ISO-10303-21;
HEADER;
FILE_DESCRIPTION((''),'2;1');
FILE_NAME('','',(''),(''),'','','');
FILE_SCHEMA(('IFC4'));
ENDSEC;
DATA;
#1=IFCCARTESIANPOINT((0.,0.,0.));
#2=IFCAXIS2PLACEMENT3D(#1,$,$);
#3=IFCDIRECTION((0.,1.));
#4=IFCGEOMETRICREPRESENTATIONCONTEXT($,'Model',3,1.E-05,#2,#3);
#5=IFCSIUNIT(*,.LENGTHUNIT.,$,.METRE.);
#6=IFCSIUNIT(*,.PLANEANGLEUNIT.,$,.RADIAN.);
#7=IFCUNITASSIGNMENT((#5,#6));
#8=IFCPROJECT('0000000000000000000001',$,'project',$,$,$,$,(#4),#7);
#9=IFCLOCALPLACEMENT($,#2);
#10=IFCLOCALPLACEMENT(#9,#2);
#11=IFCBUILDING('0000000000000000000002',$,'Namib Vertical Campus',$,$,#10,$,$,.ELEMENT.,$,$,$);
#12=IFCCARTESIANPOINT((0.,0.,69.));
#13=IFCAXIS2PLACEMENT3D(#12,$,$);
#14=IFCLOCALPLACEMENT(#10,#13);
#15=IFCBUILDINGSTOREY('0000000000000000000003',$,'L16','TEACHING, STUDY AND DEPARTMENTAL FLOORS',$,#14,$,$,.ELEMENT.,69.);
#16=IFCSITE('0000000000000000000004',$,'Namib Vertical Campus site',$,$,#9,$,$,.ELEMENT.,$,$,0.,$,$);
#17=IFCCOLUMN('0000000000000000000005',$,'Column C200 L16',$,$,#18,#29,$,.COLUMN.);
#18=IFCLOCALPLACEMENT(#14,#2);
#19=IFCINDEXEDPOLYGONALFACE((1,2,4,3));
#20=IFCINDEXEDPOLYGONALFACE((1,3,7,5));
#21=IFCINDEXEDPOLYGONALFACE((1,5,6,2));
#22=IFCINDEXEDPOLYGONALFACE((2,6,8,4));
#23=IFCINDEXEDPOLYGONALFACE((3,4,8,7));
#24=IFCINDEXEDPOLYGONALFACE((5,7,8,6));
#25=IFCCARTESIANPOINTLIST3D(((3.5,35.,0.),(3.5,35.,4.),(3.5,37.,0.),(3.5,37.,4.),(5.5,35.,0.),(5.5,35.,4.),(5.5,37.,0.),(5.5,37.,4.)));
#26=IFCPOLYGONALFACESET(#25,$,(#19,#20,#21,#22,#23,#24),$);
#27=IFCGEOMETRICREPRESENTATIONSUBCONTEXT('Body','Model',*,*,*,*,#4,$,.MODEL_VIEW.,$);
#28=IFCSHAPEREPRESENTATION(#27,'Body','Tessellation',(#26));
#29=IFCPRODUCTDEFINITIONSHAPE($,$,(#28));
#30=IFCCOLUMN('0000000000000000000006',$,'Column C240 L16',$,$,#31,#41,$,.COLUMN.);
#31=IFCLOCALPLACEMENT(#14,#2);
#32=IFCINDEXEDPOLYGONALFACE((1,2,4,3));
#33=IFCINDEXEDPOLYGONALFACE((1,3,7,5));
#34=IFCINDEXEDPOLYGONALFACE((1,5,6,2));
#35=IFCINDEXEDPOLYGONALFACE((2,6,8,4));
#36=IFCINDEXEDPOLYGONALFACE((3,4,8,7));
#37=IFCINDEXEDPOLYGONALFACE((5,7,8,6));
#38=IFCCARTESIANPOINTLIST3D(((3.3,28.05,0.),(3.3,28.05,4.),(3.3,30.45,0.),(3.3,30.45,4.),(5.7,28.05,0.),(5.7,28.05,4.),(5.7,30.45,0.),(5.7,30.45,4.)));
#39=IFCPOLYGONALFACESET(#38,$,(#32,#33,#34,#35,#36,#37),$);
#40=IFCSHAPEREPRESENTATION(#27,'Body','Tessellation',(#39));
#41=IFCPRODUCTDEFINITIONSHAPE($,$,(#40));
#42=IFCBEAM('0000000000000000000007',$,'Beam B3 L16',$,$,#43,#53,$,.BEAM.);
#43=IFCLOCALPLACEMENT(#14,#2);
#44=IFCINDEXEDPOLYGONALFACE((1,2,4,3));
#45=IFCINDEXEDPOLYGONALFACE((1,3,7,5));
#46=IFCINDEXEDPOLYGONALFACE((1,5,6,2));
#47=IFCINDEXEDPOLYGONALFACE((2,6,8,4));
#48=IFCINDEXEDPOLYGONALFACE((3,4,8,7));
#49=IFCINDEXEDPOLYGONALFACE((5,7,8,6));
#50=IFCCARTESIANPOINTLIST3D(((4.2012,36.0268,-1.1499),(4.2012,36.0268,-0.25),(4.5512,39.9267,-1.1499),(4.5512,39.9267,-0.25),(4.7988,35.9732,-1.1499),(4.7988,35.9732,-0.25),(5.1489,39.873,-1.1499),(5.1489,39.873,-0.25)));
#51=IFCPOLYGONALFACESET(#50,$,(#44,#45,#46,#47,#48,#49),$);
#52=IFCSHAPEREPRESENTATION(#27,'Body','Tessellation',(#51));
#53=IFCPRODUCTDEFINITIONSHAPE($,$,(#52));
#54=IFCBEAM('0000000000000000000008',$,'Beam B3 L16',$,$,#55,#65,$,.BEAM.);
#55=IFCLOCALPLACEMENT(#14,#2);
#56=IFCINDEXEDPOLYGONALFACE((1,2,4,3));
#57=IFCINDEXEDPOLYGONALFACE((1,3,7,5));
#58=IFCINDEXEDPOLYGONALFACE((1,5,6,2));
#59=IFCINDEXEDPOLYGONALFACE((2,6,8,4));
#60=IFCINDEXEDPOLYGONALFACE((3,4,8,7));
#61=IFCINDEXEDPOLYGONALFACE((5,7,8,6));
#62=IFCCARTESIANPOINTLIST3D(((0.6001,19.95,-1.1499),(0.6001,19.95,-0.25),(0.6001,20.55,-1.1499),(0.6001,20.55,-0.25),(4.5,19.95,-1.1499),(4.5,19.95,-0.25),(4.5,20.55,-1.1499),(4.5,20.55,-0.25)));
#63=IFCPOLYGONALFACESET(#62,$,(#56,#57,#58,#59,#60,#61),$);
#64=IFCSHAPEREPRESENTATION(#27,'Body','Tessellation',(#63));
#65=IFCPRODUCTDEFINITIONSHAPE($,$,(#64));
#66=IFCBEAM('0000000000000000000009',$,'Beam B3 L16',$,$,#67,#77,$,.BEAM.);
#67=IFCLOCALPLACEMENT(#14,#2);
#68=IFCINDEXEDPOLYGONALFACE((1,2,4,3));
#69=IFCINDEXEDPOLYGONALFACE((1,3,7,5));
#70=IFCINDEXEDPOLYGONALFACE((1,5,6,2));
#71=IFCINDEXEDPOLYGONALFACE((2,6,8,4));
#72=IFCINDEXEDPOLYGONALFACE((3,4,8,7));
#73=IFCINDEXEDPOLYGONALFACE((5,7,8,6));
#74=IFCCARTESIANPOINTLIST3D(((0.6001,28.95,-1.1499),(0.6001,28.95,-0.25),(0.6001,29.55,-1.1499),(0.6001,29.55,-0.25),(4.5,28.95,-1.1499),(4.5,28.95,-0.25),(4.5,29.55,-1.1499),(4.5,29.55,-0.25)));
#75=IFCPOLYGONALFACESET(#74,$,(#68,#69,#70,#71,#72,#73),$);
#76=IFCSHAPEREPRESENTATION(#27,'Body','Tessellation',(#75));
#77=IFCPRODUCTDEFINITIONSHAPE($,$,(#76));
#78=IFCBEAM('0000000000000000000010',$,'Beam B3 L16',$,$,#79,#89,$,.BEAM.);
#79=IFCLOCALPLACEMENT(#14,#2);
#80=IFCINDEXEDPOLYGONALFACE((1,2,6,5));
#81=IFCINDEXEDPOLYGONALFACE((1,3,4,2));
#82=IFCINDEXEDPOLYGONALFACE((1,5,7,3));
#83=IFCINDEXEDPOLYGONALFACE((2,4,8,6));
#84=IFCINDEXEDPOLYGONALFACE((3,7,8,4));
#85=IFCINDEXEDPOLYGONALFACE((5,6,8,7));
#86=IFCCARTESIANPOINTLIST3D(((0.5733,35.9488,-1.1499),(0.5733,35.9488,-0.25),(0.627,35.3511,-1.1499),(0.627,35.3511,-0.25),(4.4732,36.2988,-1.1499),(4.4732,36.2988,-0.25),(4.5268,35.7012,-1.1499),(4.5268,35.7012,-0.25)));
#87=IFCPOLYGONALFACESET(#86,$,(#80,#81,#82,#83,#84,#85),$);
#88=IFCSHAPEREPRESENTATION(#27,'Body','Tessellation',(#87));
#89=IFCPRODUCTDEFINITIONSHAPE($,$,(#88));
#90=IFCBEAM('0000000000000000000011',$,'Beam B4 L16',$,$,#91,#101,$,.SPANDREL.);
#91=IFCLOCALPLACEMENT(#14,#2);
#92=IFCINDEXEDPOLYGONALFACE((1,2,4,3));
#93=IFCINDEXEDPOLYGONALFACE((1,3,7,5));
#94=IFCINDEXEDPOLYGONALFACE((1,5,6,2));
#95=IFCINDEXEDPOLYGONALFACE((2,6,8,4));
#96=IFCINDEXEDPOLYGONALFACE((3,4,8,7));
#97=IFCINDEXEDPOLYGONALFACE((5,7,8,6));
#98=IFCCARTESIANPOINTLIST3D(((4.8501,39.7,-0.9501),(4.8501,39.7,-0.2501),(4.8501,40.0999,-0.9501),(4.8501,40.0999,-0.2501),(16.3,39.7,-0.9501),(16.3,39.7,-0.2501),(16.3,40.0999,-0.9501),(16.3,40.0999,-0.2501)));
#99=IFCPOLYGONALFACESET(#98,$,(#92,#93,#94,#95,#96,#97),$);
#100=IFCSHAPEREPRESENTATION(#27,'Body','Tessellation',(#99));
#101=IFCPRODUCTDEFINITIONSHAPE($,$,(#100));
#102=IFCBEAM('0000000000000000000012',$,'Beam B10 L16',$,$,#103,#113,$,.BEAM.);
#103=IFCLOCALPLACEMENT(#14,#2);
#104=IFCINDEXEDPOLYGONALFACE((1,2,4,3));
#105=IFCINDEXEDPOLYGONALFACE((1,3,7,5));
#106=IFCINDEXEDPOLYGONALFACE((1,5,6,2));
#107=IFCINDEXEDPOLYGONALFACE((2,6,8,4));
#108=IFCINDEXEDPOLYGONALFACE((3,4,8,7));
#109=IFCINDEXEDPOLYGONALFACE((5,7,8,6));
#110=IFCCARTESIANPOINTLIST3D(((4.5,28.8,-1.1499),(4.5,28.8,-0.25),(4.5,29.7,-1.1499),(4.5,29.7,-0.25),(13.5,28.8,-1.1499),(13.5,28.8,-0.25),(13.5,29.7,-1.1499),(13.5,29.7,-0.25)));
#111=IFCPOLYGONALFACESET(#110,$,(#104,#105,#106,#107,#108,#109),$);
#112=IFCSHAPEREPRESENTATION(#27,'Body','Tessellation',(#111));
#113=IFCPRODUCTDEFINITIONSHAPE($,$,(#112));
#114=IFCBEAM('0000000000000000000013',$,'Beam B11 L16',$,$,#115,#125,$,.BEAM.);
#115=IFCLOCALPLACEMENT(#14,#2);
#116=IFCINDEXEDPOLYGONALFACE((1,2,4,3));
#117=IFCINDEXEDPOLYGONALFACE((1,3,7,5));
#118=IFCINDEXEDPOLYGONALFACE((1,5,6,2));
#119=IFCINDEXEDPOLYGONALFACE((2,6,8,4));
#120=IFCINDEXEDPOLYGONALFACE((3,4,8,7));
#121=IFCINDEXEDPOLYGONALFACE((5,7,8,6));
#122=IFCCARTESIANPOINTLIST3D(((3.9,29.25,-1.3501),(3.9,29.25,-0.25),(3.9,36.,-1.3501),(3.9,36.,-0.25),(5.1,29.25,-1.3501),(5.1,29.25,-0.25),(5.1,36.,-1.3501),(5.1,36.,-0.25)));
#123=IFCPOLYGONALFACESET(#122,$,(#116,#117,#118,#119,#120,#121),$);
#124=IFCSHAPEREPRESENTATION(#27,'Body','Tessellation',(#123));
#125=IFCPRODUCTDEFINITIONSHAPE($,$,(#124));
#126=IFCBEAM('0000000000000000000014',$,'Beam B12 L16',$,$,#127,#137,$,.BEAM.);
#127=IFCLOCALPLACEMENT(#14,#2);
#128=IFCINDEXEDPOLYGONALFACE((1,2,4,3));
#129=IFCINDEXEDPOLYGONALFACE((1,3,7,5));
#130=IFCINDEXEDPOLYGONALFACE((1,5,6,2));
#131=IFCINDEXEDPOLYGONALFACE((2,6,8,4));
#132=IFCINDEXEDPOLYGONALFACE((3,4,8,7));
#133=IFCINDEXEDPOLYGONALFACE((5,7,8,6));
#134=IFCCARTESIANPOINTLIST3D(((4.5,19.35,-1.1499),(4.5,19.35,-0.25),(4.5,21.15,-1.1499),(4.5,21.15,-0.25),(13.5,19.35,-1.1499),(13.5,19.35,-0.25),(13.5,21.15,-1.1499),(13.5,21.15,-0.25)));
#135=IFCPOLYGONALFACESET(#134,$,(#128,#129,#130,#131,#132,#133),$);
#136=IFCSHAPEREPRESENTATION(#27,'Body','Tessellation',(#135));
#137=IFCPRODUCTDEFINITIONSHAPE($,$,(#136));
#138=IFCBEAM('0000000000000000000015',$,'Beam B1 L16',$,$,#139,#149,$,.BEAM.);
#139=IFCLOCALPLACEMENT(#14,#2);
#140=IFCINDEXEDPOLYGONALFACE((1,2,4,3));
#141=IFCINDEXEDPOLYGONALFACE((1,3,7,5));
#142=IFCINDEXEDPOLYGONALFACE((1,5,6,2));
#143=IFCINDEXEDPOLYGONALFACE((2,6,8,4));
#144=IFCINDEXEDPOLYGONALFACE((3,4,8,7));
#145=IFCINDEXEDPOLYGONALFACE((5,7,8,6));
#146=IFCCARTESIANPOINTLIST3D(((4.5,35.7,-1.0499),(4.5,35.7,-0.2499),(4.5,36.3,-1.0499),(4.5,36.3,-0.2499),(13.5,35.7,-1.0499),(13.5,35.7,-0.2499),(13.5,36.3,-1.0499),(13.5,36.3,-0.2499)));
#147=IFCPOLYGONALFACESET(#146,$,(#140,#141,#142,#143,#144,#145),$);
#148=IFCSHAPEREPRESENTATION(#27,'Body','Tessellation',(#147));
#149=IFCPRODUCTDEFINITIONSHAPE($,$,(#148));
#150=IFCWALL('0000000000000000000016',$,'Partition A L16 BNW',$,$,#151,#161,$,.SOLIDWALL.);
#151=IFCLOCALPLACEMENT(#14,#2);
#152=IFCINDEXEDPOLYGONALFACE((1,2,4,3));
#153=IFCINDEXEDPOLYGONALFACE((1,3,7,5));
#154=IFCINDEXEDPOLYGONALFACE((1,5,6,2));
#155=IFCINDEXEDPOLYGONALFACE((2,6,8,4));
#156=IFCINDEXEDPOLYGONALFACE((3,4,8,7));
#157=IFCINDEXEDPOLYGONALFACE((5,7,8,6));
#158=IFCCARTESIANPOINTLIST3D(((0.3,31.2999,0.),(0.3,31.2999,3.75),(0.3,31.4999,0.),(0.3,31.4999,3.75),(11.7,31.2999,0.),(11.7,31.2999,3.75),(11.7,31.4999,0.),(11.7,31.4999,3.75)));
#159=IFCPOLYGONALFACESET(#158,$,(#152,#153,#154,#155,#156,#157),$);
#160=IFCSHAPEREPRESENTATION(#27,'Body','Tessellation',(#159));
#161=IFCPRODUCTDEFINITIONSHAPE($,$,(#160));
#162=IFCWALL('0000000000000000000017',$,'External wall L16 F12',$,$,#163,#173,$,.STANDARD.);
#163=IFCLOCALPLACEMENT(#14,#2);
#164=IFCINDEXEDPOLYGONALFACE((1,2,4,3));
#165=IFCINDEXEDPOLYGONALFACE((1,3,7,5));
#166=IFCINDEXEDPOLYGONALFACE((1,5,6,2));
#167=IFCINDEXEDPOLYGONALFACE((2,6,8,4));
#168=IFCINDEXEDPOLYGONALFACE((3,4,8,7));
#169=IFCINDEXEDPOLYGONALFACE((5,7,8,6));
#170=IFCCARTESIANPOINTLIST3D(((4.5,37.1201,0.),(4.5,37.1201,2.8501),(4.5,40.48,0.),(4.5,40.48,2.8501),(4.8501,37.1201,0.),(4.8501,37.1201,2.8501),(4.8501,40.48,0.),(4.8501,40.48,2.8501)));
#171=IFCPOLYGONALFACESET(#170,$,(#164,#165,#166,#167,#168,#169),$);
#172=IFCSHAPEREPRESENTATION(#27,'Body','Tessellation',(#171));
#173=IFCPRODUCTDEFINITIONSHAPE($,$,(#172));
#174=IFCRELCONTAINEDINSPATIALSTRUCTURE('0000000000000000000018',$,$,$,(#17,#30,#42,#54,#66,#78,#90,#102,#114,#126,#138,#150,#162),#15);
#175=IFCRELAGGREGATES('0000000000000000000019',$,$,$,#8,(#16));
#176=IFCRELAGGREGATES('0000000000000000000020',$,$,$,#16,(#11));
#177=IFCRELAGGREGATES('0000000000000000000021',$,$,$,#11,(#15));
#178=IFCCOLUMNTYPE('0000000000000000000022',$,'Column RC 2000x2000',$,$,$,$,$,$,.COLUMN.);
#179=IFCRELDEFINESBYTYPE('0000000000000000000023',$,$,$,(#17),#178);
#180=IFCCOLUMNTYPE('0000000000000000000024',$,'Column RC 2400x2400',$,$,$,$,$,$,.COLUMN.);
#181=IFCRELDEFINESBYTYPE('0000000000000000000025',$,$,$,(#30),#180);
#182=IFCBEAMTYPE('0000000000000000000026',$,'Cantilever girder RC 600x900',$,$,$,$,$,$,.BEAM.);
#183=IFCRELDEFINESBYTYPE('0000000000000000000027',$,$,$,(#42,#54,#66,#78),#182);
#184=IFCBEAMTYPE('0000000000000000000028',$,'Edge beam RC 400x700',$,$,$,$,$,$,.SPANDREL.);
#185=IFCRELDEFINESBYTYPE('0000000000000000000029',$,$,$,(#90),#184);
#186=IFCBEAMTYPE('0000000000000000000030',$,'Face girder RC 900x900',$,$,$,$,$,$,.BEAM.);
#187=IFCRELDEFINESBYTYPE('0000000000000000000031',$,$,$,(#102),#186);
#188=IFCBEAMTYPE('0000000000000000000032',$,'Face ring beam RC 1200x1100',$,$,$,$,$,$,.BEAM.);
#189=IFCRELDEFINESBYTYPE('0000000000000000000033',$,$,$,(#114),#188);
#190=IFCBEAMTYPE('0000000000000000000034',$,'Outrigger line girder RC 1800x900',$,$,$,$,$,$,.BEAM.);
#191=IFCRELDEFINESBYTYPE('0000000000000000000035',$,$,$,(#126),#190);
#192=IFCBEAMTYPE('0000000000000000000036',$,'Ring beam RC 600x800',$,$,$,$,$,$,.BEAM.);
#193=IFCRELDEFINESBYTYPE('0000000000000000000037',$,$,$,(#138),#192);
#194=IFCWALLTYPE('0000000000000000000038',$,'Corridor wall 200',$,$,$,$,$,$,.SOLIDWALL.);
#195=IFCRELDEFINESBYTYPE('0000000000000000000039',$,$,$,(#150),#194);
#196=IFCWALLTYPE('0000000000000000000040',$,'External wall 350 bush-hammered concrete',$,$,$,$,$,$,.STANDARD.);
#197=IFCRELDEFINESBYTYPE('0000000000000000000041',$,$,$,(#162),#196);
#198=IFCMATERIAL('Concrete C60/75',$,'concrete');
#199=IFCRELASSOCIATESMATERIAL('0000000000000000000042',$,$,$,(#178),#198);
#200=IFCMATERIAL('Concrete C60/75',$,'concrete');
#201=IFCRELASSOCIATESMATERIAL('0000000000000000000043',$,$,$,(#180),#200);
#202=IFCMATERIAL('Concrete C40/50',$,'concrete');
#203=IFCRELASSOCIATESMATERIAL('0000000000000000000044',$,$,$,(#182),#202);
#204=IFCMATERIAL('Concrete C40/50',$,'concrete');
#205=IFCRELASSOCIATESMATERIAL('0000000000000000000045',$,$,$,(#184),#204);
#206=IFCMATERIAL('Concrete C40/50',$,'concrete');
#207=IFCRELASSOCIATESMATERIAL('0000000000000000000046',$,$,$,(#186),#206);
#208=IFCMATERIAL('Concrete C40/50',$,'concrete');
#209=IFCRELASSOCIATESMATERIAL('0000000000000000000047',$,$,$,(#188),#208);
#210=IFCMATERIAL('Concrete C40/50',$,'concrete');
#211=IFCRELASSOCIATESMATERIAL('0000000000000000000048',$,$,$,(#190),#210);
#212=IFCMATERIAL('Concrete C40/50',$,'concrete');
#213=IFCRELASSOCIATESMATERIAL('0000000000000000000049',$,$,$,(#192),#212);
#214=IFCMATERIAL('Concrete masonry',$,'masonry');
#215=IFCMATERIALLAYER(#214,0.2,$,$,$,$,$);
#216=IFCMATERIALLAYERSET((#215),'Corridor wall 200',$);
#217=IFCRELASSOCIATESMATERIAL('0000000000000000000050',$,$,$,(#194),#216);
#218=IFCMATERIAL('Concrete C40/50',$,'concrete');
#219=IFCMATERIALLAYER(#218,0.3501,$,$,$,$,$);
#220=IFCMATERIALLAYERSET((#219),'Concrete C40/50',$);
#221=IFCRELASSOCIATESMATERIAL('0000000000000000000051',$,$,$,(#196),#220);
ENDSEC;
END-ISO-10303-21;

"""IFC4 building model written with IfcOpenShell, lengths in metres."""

from ifc_helpers import new_model, si_unit, direction, frame, frame_2d, origin, origin_2d, place, context, subcontext, project, spatial, rectangle, extrude, material, layer, layer_set, material_profile, profile_set, type_object, element, save


model = new_model("IFC4")

# Units and contexts
model_context = context("Model", 3, precision=1e-05, world=origin(), true_north=direction((0.0, 1.0)))
body_context = subcontext(model_context, "Body", "Model", "MODEL_VIEW")
ifc_project = project(units=[si_unit("LENGTHUNIT", "METRE"), si_unit("PLANEANGLEUNIT", "RADIAN")], contexts=[model_context])

# Site, building, storey
site_placement = place(None, origin())
site = spatial("IfcSite", under=ifc_project, at=site_placement, Name="Namib Vertical Campus site", CompositionType="ELEMENT", RefElevation=0.0)
building_placement = place(site_placement, origin())
building = spatial("IfcBuilding", under=site, at=building_placement, Name="Namib Vertical Campus", CompositionType="ELEMENT")
storey_placement = place(building_placement, frame((0.0, 0.0, 69.0)))
storey = spatial("IfcBuildingStorey", under=building, at=storey_placement, Name="L16", Description="TEACHING, STUDY AND DEPARTMENTAL FLOORS", CompositionType="ELEMENT", Elevation=69.0)

# Columns
ifc_material_1 = material(Name="Concrete C60/75", Category="concrete")
ifc_material_profile_1 = material_profile(ifc_material_1, rectangle(XDim=2.0, YDim=2.0, at=origin_2d()))
ifc_profile_set_1 = profile_set([ifc_material_profile_1], Name="Concrete C60/75")
column_type_1 = type_object("IfcColumnType", Name="Column RC 2000x2000", PredefinedType="COLUMN", material=ifc_profile_set_1)
column_1_placement = place(storey_placement, frame((4.5, 36.0, 0.0), z_axis=(0.0, 0.0, 1.0), x_axis=(1.0, 0.0, 0.0)))
element("IfcColumn", 1, at=column_1_placement, inside=storey, type_object=column_type_1, Name="Column C200 L16", PredefinedType="COLUMN", context=body_context, shape_type="SweptSolid", body=[
    extrude(rectangle(XDim=2.0, YDim=2.0, at=origin_2d()), origin(), (0.0, 0.0, 1.0), 4.0),
])
ifc_material_2 = material(Name="Concrete C60/75", Category="concrete")
ifc_material_profile_2 = material_profile(ifc_material_2, rectangle(XDim=2.3999, YDim=2.3999, at=origin_2d()))
ifc_profile_set_2 = profile_set([ifc_material_profile_2], Name="Concrete C60/75")
column_type_2 = type_object("IfcColumnType", Name="Column RC 2400x2400", PredefinedType="COLUMN", material=ifc_profile_set_2)
column_2_placement = place(storey_placement, frame((4.5, 29.25, 0.0), z_axis=(0.0, 0.0, 1.0), x_axis=(1.0, 0.0, 0.0)))
element("IfcColumn", 2, at=column_2_placement, inside=storey, type_object=column_type_2, Name="Column C240 L16", PredefinedType="COLUMN", context=body_context, shape_type="SweptSolid", body=[
    extrude(rectangle(XDim=2.3999, YDim=2.3999, at=origin_2d()), origin(), (0.0, 0.0, 1.0), 4.0),
])

# Beams
ifc_material_3 = material(Name="Concrete C40/50", Category="concrete")
ifc_material_profile_3 = material_profile(ifc_material_3, rectangle(XDim=0.6001, YDim=0.8999, at=origin_2d()))
ifc_profile_set_3 = profile_set([ifc_material_profile_3], Name="Concrete C40/50")
beam_type_1 = type_object("IfcBeamType", Name="Cantilever girder RC 600x900", PredefinedType="BEAM", material=ifc_profile_set_3)
beam_1_placement = place(storey_placement, frame((4.5, 36.0, -0.7), z_axis=(0.089411, 0.995995, 0.0), x_axis=(-0.995995, 0.089411, 0.0)))
element("IfcBeam", 3, at=beam_1_placement, inside=storey, type_object=beam_type_1, Name="Beam B3 L16", PredefinedType="BEAM", context=body_context, shape_type="SweptSolid", body=[
    extrude(rectangle(XDim=0.6001, YDim=0.8999, at=origin_2d()), origin(), (0.0, 0.0, 1.0), 3.9155),
])
for number, where, z_axis, x_axis, name in (
    (4, (4.5, 20.25, -0.7), (-1.0, 0.0, 0.0), (0.0, -1.0, 0.0), "Beam B3 L16"),
    (5, (4.5, 29.25, -0.7), (-1.0, 0.0, 0.0), (0.0, -1.0, 0.0), "Beam B3 L16"),
):
    element("IfcBeam", number, at=place(storey_placement, frame(where, z_axis=z_axis, x_axis=x_axis)), inside=storey, type_object=beam_type_1, Name=name, PredefinedType="BEAM", context=body_context, shape_type="SweptSolid", body=[
        extrude(rectangle(XDim=0.6001, YDim=0.8999, at=origin_2d()), origin(), (0.0, 0.0, 1.0), 3.8999),
    ])
beam_2_placement = place(storey_placement, frame((4.5, 36.0, -0.7), z_axis=(-0.995995, -0.089411, 0.0), x_axis=(0.089411, -0.995995, 0.0)))
element("IfcBeam", 6, at=beam_2_placement, inside=storey, type_object=beam_type_1, Name="Beam B3 L16", PredefinedType="BEAM", context=body_context, shape_type="SweptSolid", body=[
    extrude(rectangle(XDim=0.6001, YDim=0.8999, at=origin_2d()), origin(), (0.0, 0.0, 1.0), 3.9155),
])
ifc_material_4 = material(Name="Concrete C40/50", Category="concrete")
ifc_material_profile_4 = material_profile(ifc_material_4, rectangle(XDim=0.3999, YDim=0.7, at=origin_2d()))
ifc_profile_set_4 = profile_set([ifc_material_profile_4], Name="Concrete C40/50")
beam_type_2 = type_object("IfcBeamType", Name="Edge beam RC 400x700", PredefinedType="SPANDREL", material=ifc_profile_set_4)
beam_3_placement = place(storey_placement, frame((4.8501, 39.8999, -0.6001), z_axis=(1.0, 0.0, 0.0), x_axis=(0.0, 1.0, 0.0)))
element("IfcBeam", 7, at=beam_3_placement, inside=storey, type_object=beam_type_2, Name="Beam B4 L16", PredefinedType="SPANDREL", context=body_context, shape_type="SweptSolid", body=[
    extrude(rectangle(XDim=0.3999, YDim=0.7, at=origin_2d()), origin(), (0.0, 0.0, 1.0), 11.45),
])
ifc_material_5 = material(Name="Concrete C40/50", Category="concrete")
ifc_material_profile_5 = material_profile(ifc_material_5, rectangle(XDim=0.8999, YDim=0.8999, at=origin_2d()))
ifc_profile_set_5 = profile_set([ifc_material_profile_5], Name="Concrete C40/50")
beam_type_3 = type_object("IfcBeamType", Name="Face girder RC 900x900", PredefinedType="BEAM", material=ifc_profile_set_5)
beam_4_placement = place(storey_placement, frame((4.5, 29.25, -0.7), z_axis=(1.0, 0.0, 0.0), x_axis=(0.0, 1.0, 0.0)))
element("IfcBeam", 8, at=beam_4_placement, inside=storey, type_object=beam_type_3, Name="Beam B10 L16", PredefinedType="BEAM", context=body_context, shape_type="SweptSolid", body=[
    extrude(rectangle(XDim=0.8999, YDim=0.8999, at=origin_2d()), origin(), (0.0, 0.0, 1.0), 9.0),
])
ifc_material_6 = material(Name="Concrete C40/50", Category="concrete")
ifc_material_profile_6 = material_profile(ifc_material_6, rectangle(XDim=1.2, YDim=1.1001, at=origin_2d()))
ifc_profile_set_6 = profile_set([ifc_material_profile_6], Name="Concrete C40/50")
beam_type_4 = type_object("IfcBeamType", Name="Face ring beam RC 1200x1100", PredefinedType="BEAM", material=ifc_profile_set_6)
beam_5_placement = place(storey_placement, frame((4.5, 29.25, -0.8), z_axis=(0.0, 1.0, 0.0), x_axis=(-1.0, 0.0, 0.0)))
element("IfcBeam", 9, at=beam_5_placement, inside=storey, type_object=beam_type_4, Name="Beam B11 L16", PredefinedType="BEAM", context=body_context, shape_type="SweptSolid", body=[
    extrude(rectangle(XDim=1.2, YDim=1.1001, at=origin_2d()), origin(), (0.0, 0.0, 1.0), 6.75),
])
ifc_material_7 = material(Name="Concrete C40/50", Category="concrete")
ifc_material_profile_7 = material_profile(ifc_material_7, rectangle(XDim=1.8, YDim=0.8999, at=origin_2d()))
ifc_profile_set_7 = profile_set([ifc_material_profile_7], Name="Concrete C40/50")
beam_type_5 = type_object("IfcBeamType", Name="Outrigger line girder RC 1800x900", PredefinedType="BEAM", material=ifc_profile_set_7)
beam_6_placement = place(storey_placement, frame((4.5, 20.25, -0.7), z_axis=(1.0, 0.0, 0.0), x_axis=(0.0, 1.0, 0.0)))
element("IfcBeam", 10, at=beam_6_placement, inside=storey, type_object=beam_type_5, Name="Beam B12 L16", PredefinedType="BEAM", context=body_context, shape_type="SweptSolid", body=[
    extrude(rectangle(XDim=1.8, YDim=0.8999, at=origin_2d()), origin(), (0.0, 0.0, 1.0), 9.0),
])
ifc_material_8 = material(Name="Concrete C40/50", Category="concrete")
ifc_material_profile_8 = material_profile(ifc_material_8, rectangle(XDim=0.6001, YDim=0.8, at=origin_2d()))
ifc_profile_set_8 = profile_set([ifc_material_profile_8], Name="Concrete C40/50")
beam_type_6 = type_object("IfcBeamType", Name="Ring beam RC 600x800", PredefinedType="BEAM", material=ifc_profile_set_8)
beam_7_placement = place(storey_placement, frame((4.5, 36.0, -0.6499), z_axis=(1.0, 0.0, 0.0), x_axis=(0.0, 1.0, 0.0)))
element("IfcBeam", 11, at=beam_7_placement, inside=storey, type_object=beam_type_6, Name="Beam B1 L16", PredefinedType="BEAM", context=body_context, shape_type="SweptSolid", body=[
    extrude(rectangle(XDim=0.6001, YDim=0.8, at=origin_2d()), origin(), (0.0, 0.0, 1.0), 9.0),
])

# Walls
ifc_material_9 = material(Name="Concrete masonry", Category="masonry")
ifc_layer_1 = layer(ifc_material_9, 0.2)
ifc_layer_set_1 = layer_set([ifc_layer_1], Name="Corridor wall 200")
wall_type_1 = type_object("IfcWallType", Name="Corridor wall 200", PredefinedType="SOLIDWALL", material=ifc_layer_set_1)
wall_1_placement = place(storey_placement, frame((0.3, 31.3999, 0.0), z_axis=(0.0, 0.0, 1.0), x_axis=(1.0, 0.0, 0.0)))
element("IfcWall", 12, at=wall_1_placement, inside=storey, type_object=wall_type_1, Name="Partition A L16 BNW", PredefinedType="SOLIDWALL", context=body_context, shape_type="SweptSolid", body=[
    extrude(rectangle(XDim=11.3999, YDim=0.2, at=frame_2d((5.7, 0.0))), origin(), (0.0, 0.0, 1.0), 3.75),
])
ifc_material_10 = material(Name="Concrete C40/50", Category="concrete")
ifc_layer_2 = layer(ifc_material_10, 0.3501)
ifc_layer_set_2 = layer_set([ifc_layer_2], Name="Concrete C40/50")
wall_type_2 = type_object("IfcWallType", Name="External wall 350 bush-hammered concrete", PredefinedType="STANDARD", material=ifc_layer_set_2)
wall_2_placement = place(storey_placement, frame((4.675, 40.48, 0.0), z_axis=(0.0, 0.0, 1.0), x_axis=(0.0, -1.0, 0.0)))
element("IfcWall", 13, at=wall_2_placement, inside=storey, type_object=wall_type_2, Name="External wall L16 F12", PredefinedType="STANDARD", context=body_context, shape_type="SweptSolid", body=[
    extrude(rectangle(XDim=3.3599, YDim=0.3501, at=frame_2d((1.6799, 0.0))), origin(), (0.0, 0.0, 1.0), 2.8501),
])

save(model, "model.ifc")
